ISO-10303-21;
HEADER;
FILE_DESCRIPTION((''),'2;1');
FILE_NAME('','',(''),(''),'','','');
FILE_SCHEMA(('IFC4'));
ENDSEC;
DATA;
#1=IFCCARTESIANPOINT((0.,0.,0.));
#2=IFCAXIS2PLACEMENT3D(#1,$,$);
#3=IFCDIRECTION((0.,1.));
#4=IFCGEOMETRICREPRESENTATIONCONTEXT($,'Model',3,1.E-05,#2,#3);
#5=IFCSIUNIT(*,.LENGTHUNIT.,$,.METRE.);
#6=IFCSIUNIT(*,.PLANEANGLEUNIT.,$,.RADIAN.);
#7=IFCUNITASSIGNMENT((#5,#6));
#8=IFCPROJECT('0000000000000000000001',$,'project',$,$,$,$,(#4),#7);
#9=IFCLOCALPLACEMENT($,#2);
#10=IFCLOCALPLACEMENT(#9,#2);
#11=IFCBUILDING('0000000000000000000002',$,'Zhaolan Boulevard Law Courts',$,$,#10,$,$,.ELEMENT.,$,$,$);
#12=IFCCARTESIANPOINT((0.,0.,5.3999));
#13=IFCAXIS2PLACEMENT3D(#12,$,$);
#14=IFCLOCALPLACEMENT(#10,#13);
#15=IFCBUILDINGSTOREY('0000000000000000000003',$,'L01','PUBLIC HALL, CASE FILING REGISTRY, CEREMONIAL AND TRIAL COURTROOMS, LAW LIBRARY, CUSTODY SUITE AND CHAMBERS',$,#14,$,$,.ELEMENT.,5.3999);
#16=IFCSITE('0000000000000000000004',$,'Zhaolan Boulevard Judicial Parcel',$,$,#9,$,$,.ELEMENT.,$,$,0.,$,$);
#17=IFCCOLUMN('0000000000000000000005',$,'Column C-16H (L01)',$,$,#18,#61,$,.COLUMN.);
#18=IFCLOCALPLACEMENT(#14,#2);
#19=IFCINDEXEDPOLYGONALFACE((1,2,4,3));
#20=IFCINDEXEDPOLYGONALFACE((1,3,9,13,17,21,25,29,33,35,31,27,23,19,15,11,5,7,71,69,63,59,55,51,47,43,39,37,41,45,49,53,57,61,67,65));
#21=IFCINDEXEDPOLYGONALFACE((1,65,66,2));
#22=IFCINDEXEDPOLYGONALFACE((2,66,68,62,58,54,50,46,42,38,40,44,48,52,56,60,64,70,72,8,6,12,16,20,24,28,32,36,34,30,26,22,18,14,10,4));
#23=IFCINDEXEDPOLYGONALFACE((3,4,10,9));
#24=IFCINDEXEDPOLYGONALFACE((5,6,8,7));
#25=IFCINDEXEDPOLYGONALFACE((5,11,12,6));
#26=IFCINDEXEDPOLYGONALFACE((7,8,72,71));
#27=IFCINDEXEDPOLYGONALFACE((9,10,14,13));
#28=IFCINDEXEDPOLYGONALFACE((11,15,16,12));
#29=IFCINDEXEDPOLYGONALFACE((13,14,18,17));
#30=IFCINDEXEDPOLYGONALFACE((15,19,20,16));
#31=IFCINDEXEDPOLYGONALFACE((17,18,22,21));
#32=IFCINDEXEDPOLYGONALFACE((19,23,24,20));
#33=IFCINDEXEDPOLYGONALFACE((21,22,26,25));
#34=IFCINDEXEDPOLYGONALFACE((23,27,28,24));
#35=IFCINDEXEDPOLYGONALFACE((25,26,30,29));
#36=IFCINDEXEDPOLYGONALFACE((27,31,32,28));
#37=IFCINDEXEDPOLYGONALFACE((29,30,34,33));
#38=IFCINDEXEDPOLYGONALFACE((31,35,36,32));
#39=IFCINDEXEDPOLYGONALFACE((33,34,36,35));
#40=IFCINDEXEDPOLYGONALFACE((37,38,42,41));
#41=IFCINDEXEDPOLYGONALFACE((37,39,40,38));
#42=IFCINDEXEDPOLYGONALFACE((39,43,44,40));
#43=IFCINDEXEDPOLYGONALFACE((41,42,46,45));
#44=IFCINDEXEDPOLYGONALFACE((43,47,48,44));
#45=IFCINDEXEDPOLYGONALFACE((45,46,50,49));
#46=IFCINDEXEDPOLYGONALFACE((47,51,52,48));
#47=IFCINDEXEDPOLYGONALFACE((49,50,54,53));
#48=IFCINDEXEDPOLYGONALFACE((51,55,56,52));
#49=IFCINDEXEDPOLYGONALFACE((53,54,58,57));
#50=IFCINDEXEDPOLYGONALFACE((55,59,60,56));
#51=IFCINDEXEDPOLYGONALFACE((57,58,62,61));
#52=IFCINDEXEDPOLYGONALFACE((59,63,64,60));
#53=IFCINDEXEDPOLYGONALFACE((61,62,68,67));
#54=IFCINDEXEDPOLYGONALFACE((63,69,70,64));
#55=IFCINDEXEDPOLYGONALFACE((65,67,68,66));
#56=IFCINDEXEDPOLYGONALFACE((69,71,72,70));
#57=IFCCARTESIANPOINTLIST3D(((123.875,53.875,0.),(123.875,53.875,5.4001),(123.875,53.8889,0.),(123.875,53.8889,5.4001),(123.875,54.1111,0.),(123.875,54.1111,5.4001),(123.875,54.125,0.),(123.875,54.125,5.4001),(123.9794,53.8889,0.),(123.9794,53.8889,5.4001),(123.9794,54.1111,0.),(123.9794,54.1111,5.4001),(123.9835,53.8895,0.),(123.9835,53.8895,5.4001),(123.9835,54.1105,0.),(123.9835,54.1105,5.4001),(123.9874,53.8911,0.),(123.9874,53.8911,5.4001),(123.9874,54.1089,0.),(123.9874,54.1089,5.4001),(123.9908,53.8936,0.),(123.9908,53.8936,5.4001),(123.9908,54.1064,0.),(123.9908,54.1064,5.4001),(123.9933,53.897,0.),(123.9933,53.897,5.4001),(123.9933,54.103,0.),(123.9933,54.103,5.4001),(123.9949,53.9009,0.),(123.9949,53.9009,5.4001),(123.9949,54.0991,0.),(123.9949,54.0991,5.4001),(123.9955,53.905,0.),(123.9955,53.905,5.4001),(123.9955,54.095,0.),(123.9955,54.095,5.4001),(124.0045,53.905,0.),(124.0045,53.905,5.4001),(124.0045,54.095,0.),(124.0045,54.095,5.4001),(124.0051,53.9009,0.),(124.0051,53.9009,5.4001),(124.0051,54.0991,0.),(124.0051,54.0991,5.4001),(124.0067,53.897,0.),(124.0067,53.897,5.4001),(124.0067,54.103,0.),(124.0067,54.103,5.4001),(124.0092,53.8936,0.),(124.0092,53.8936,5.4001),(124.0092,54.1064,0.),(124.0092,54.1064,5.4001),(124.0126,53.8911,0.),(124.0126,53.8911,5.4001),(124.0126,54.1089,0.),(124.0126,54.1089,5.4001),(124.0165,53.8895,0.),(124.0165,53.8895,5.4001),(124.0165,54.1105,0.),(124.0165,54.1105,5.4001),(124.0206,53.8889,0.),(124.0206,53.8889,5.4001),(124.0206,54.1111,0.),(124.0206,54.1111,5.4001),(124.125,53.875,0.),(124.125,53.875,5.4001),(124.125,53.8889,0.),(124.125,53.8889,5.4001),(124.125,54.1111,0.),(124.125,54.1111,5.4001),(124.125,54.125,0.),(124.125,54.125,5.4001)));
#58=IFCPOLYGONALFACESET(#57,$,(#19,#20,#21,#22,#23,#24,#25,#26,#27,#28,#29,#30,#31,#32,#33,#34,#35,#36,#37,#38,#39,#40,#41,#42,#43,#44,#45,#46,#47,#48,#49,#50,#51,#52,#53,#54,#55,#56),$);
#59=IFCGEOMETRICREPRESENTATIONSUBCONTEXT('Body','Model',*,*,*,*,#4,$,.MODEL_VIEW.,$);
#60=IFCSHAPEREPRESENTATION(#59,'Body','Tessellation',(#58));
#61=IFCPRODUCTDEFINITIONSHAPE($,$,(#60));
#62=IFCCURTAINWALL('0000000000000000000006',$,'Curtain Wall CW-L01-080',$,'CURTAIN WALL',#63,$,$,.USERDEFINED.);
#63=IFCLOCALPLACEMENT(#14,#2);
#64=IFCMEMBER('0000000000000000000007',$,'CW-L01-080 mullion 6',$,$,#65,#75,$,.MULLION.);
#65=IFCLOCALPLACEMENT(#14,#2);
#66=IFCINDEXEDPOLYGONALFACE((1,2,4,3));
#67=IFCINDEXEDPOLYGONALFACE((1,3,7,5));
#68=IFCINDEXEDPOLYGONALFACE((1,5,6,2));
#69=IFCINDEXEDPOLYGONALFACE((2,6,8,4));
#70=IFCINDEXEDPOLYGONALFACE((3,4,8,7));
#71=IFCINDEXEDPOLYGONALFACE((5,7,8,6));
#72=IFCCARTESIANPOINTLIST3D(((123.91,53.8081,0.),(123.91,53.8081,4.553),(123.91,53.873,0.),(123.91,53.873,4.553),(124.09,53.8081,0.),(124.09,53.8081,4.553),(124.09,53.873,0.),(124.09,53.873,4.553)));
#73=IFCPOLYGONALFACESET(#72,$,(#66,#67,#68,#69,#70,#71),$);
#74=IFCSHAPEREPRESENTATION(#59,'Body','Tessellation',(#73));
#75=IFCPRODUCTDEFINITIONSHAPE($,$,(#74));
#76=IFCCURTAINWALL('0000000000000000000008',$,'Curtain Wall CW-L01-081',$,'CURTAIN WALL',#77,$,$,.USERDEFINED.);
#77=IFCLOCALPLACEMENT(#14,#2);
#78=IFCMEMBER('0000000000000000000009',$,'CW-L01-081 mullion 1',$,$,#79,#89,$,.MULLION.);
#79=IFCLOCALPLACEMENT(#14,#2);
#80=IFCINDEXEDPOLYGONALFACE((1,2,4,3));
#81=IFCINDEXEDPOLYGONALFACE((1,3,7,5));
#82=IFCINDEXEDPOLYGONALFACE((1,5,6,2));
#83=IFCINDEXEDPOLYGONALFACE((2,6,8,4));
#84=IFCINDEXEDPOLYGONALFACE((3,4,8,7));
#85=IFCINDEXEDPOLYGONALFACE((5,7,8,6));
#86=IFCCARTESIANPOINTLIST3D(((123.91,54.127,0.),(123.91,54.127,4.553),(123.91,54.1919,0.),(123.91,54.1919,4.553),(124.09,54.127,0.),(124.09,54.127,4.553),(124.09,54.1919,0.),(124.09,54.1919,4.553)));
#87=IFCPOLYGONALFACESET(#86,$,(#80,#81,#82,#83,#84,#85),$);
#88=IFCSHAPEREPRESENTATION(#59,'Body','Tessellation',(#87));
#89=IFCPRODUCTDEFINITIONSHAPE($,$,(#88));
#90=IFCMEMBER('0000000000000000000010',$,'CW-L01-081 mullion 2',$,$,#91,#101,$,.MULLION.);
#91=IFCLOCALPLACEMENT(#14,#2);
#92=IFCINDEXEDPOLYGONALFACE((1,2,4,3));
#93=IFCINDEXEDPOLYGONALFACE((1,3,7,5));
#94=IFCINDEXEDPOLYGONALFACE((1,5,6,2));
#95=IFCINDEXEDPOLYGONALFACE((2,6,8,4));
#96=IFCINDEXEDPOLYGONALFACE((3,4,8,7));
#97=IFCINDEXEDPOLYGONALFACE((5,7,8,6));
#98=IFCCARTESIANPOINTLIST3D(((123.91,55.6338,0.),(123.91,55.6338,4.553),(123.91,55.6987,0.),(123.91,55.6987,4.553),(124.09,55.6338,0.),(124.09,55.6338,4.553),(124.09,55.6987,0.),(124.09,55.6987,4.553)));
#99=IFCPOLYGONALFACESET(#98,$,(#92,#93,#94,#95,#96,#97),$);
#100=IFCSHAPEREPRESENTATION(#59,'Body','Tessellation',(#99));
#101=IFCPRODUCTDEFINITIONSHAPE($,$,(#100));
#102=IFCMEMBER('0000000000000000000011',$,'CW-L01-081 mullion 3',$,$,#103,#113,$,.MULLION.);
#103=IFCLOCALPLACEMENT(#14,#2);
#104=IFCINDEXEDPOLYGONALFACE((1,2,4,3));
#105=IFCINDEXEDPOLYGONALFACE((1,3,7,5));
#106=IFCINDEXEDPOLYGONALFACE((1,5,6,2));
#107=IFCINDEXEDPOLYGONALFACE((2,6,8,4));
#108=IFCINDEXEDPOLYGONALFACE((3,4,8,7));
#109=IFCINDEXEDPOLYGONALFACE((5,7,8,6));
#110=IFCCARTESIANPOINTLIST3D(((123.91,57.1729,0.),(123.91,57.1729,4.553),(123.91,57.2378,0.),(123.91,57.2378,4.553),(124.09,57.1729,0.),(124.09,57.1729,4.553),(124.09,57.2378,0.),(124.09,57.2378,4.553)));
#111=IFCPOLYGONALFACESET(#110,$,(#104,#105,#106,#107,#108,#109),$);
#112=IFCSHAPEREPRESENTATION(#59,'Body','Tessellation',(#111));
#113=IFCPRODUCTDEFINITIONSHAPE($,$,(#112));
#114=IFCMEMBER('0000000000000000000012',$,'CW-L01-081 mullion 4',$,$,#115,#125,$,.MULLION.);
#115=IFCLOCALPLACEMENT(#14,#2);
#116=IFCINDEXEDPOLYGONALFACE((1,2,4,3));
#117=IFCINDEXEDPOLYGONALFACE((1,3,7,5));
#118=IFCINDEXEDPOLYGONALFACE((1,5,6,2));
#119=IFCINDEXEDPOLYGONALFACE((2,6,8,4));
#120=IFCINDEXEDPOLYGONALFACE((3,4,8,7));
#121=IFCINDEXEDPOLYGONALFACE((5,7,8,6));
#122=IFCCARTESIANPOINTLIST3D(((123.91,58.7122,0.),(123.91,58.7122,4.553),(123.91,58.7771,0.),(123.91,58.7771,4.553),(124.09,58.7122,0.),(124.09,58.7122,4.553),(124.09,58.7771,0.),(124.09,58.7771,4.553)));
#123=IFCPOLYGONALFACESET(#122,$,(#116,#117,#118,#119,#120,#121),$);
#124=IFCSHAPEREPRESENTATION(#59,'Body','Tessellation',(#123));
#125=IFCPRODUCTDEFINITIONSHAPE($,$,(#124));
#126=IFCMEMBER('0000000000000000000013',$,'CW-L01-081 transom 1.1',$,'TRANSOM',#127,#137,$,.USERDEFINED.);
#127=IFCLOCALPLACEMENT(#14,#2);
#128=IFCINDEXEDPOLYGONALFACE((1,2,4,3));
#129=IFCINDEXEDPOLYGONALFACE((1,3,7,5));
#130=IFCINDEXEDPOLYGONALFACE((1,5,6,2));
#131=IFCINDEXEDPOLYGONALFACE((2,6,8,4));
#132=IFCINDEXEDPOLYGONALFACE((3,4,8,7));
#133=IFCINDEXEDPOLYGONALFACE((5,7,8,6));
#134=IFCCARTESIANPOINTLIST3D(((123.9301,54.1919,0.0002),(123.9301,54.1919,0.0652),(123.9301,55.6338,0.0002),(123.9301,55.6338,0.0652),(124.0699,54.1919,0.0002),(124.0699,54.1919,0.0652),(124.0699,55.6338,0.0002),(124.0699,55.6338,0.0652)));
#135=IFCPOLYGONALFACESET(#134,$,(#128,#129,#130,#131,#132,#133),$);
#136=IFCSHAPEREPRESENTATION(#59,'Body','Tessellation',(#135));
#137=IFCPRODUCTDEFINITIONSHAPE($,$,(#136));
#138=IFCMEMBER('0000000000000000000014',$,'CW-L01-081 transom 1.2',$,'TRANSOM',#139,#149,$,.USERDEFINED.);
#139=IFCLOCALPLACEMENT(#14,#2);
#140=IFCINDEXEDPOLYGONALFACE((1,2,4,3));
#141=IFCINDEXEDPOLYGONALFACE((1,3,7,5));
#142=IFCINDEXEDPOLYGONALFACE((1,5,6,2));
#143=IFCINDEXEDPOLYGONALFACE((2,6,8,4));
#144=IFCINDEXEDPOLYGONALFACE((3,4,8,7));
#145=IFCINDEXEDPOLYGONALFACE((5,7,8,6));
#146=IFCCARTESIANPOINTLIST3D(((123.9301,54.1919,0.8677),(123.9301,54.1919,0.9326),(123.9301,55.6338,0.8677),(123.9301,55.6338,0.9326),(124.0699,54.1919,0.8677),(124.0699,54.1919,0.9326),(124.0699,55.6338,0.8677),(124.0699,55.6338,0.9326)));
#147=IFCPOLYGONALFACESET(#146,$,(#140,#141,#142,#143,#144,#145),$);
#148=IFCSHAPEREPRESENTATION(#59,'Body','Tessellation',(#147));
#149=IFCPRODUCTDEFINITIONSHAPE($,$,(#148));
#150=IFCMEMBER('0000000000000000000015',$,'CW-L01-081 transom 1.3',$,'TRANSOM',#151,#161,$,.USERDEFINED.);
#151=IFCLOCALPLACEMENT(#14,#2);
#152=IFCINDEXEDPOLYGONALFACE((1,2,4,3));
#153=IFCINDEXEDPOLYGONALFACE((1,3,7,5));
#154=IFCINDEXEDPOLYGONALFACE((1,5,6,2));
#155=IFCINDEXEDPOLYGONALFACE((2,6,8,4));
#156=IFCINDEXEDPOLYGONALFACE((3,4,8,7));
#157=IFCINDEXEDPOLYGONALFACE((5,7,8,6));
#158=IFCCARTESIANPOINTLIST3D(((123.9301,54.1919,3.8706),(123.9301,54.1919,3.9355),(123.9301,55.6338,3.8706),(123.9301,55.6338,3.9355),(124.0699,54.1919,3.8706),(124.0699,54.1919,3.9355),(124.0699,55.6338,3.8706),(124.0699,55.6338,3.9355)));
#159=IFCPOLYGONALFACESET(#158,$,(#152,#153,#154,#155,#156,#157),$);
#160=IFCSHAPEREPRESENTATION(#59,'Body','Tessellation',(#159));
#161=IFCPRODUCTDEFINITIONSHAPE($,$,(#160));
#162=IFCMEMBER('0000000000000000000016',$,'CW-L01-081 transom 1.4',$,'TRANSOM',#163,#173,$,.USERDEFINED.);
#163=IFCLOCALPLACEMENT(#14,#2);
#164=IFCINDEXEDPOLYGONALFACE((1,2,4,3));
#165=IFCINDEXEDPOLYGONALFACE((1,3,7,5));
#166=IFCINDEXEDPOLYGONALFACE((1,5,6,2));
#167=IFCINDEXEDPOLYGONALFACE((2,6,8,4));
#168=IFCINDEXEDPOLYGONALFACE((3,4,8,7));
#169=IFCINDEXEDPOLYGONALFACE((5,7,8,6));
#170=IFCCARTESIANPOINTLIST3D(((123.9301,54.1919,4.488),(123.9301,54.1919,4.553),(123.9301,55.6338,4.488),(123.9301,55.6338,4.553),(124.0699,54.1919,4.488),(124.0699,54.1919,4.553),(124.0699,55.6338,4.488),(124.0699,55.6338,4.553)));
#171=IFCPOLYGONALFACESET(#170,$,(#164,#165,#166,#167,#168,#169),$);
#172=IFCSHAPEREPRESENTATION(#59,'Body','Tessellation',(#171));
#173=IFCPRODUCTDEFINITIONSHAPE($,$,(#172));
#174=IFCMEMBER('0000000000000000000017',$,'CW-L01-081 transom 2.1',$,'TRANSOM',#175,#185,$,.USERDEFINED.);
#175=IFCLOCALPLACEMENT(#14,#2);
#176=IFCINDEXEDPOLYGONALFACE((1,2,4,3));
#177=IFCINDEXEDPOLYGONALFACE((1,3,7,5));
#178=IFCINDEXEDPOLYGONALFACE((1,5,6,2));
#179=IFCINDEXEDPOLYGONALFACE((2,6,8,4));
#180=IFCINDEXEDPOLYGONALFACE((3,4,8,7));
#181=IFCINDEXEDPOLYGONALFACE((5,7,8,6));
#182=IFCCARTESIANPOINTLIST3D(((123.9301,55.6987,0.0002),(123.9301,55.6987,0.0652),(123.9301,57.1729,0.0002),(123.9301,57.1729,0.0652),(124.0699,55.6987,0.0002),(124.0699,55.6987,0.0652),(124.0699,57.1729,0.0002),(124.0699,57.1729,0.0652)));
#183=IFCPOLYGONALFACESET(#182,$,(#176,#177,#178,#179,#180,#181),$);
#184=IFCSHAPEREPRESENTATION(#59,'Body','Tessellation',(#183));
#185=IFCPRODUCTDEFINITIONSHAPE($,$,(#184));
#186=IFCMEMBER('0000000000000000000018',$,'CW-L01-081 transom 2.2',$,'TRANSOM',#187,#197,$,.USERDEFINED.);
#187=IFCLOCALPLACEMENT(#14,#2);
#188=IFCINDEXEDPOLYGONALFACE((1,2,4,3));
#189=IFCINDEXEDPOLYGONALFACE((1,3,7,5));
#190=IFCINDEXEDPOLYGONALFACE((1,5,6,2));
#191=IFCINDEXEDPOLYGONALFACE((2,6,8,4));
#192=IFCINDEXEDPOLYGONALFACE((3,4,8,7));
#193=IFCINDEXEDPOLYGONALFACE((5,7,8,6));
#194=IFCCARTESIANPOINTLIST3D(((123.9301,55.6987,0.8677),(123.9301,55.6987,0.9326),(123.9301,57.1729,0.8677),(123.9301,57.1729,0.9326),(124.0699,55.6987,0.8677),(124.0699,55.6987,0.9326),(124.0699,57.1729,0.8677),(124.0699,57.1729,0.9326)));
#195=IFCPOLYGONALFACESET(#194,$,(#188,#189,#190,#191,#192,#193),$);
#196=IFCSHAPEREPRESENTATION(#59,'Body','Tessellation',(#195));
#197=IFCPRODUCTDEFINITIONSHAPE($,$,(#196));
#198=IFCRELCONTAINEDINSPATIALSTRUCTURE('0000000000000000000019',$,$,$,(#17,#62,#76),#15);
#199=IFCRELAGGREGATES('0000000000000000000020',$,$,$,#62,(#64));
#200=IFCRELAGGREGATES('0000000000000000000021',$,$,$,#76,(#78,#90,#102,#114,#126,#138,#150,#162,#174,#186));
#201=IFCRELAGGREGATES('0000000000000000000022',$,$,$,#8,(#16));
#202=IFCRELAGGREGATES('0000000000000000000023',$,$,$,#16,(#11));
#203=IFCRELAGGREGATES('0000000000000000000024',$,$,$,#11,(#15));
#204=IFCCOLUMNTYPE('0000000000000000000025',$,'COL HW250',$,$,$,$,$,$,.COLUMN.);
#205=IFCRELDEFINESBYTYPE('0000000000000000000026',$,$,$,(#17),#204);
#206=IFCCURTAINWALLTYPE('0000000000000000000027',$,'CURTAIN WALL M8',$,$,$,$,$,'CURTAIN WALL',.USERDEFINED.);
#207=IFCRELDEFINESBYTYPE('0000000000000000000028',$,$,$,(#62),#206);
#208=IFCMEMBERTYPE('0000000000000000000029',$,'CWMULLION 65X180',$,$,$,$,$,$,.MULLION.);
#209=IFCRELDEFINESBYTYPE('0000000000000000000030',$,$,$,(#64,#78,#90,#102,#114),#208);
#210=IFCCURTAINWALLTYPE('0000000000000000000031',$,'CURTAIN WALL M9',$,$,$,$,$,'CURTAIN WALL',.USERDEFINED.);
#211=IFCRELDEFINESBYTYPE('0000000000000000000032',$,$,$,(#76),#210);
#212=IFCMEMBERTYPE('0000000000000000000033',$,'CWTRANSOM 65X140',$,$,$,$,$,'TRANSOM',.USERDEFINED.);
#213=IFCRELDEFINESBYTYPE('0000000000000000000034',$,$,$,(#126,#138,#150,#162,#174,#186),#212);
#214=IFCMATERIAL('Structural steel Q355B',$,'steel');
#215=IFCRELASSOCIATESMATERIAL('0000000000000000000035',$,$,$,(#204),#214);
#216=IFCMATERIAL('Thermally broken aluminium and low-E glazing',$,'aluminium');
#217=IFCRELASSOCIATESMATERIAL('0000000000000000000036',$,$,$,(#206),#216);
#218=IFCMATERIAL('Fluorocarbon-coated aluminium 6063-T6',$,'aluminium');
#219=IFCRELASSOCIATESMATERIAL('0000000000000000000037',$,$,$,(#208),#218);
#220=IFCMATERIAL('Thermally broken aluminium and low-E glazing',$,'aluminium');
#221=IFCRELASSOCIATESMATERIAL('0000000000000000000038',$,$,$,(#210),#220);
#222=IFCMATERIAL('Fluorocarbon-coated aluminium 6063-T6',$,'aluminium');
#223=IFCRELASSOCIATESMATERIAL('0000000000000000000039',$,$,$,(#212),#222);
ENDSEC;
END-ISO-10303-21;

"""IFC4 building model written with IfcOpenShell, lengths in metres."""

from ifc_helpers import new_model, si_unit, direction, frame, origin, origin_2d, place, context, subcontext, project, spatial, rectangle, i_section, extrude, material, material_profile, profile_set, type_object, element, aggregate, save


model = new_model("IFC4")

# Units and contexts
model_context = context("Model", 3, precision=1e-05, world=origin(), true_north=direction((0.0, 1.0)))
body_context = subcontext(model_context, "Body", "Model", "MODEL_VIEW")
ifc_project = project(units=[si_unit("LENGTHUNIT", "METRE"), si_unit("PLANEANGLEUNIT", "RADIAN")], contexts=[model_context])

# Site, building, storey
site_placement = place(None, origin())
site = spatial("IfcSite", under=ifc_project, at=site_placement, Name="Zhaolan Boulevard Judicial Parcel", CompositionType="ELEMENT", RefElevation=0.0)
building_placement = place(site_placement, origin())
building = spatial("IfcBuilding", under=site, at=building_placement, Name="Zhaolan Boulevard Law Courts", CompositionType="ELEMENT")
storey_placement = place(building_placement, frame((0.0, 0.0, 5.3999)))
storey = spatial("IfcBuildingStorey", under=building, at=storey_placement, Name="L01", Description="PUBLIC HALL, CASE FILING REGISTRY, CEREMONIAL AND TRIAL COURTROOMS, LAW LIBRARY, CUSTODY SUITE AND CHAMBERS", CompositionType="ELEMENT", Elevation=5.3999)

# Column
ifc_material_1 = material(Name="Structural steel Q355B", Category="steel")
ifc_material_profile_1 = material_profile(ifc_material_1, i_section(OverallWidth=0.25, OverallDepth=0.25, WebThickness=0.009, FlangeThickness=0.0139, FilletRadius=0.0161, at=origin_2d()), Name="HW250x250")
ifc_profile_set_1 = profile_set([ifc_material_profile_1], Name="Structural steel Q355B")
column_type = type_object("IfcColumnType", Name="COL HW250", PredefinedType="COLUMN", material=ifc_profile_set_1)
column_placement = place(storey_placement, frame((124.0, 54.0, 0.0), z_axis=(0.0, 0.0, 1.0), x_axis=(1.0, 0.0, 0.0)))
element("IfcColumn", 1, at=column_placement, inside=storey, type_object=column_type, Name="Column C-16H (L01)", PredefinedType="COLUMN", context=body_context, shape_type="SweptSolid", body=[
    extrude(i_section(OverallWidth=0.25, OverallDepth=0.25, WebThickness=0.009, FlangeThickness=0.0139, FilletRadius=0.0161, at=origin_2d()), origin(), (0.0, 0.0, 1.0), 5.4001),
])

# Curtain wall, member
ifc_material_2 = material(Name="Thermally broken aluminium and low-E glazing", Category="aluminium")
curtain_wall_type_1 = type_object("IfcCurtainWallType", Name="CURTAIN WALL M8", ElementType="CURTAIN WALL", PredefinedType="USERDEFINED", material=ifc_material_2)
curtain_wall_1_placement = place(storey_placement, origin())
curtain_wall_1 = element("IfcCurtainWall", 2, at=curtain_wall_1_placement, inside=storey, type_object=curtain_wall_type_1, Name="Curtain Wall CW-L01-080", ObjectType="CURTAIN WALL", PredefinedType="USERDEFINED")
ifc_material_3 = material(Name="Fluorocarbon-coated aluminium 6063-T6", Category="aluminium")
ifc_material_profile_2 = material_profile(ifc_material_3, rectangle(XDim=0.1799, YDim=0.0649, at=origin_2d()), Name="AL65x180")
ifc_profile_set_2 = profile_set([ifc_material_profile_2], Name="Fluorocarbon-coated aluminium 6063-T6")
member_type_1 = type_object("IfcMemberType", Name="CWMULLION 65X180", PredefinedType="MULLION", material=ifc_profile_set_2)
member_1_placement = place(storey_placement, frame((124.0, 53.8406, 0.0), z_axis=(0.0, 0.0, 1.0), x_axis=(-1.0, 0.0, 0.0)))
member_1 = element("IfcMember", 3, at=member_1_placement, type_object=member_type_1, Name="CW-L01-080 mullion 6", PredefinedType="MULLION", context=body_context, shape_type="SweptSolid", body=[
    extrude(rectangle(XDim=0.1799, YDim=0.0649, at=origin_2d()), origin(), (0.0, 0.0, 1.0), 4.553),
])

# Curtain wall, members
ifc_material_4 = material(Name="Thermally broken aluminium and low-E glazing", Category="aluminium")
curtain_wall_type_2 = type_object("IfcCurtainWallType", Name="CURTAIN WALL M9", ElementType="CURTAIN WALL", PredefinedType="USERDEFINED", material=ifc_material_4)
curtain_wall_2_placement = place(storey_placement, origin())
curtain_wall_2 = element("IfcCurtainWall", 4, at=curtain_wall_2_placement, inside=storey, type_object=curtain_wall_type_2, Name="Curtain Wall CW-L01-081", ObjectType="CURTAIN WALL", PredefinedType="USERDEFINED")
member_2_placement = place(storey_placement, frame((124.0, 54.1594, 0.0), z_axis=(0.0, 0.0, 1.0), x_axis=(-1.0, 0.0, 0.0)))
member_2 = element("IfcMember", 5, at=member_2_placement, type_object=member_type_1, Name="CW-L01-081 mullion 1", PredefinedType="MULLION", context=body_context, shape_type="SweptSolid", body=[
    extrude(rectangle(XDim=0.1799, YDim=0.0649, at=origin_2d()), origin(), (0.0, 0.0, 1.0), 4.553),
])
member_3_placement = place(storey_placement, frame((124.0, 55.6663, 0.0), z_axis=(0.0, 0.0, 1.0), x_axis=(-1.0, 0.0, 0.0)))
member_3 = element("IfcMember", 6, at=member_3_placement, type_object=member_type_1, Name="CW-L01-081 mullion 2", PredefinedType="MULLION", context=body_context, shape_type="SweptSolid", body=[
    extrude(rectangle(XDim=0.1799, YDim=0.0649, at=origin_2d()), origin(), (0.0, 0.0, 1.0), 4.553),
])
member_4_placement = place(storey_placement, frame((124.0, 57.2053, 0.0), z_axis=(0.0, 0.0, 1.0), x_axis=(-1.0, 0.0, 0.0)))
member_4 = element("IfcMember", 7, at=member_4_placement, type_object=member_type_1, Name="CW-L01-081 mullion 3", PredefinedType="MULLION", context=body_context, shape_type="SweptSolid", body=[
    extrude(rectangle(XDim=0.1799, YDim=0.0649, at=origin_2d()), origin(), (0.0, 0.0, 1.0), 4.553),
])
member_5_placement = place(storey_placement, frame((124.0, 58.7446, 0.0), z_axis=(0.0, 0.0, 1.0), x_axis=(-1.0, 0.0, 0.0)))
member_5 = element("IfcMember", 8, at=member_5_placement, type_object=member_type_1, Name="CW-L01-081 mullion 4", PredefinedType="MULLION", context=body_context, shape_type="SweptSolid", body=[
    extrude(rectangle(XDim=0.1799, YDim=0.0649, at=origin_2d()), origin(), (0.0, 0.0, 1.0), 4.553),
])
ifc_material_5 = material(Name="Fluorocarbon-coated aluminium 6063-T6", Category="aluminium")
ifc_material_profile_3 = material_profile(ifc_material_5, rectangle(XDim=0.1399, YDim=0.0649, at=origin_2d()), Name="AL65x140")
ifc_profile_set_3 = profile_set([ifc_material_profile_3], Name="Fluorocarbon-coated aluminium 6063-T6")
member_type_2 = type_object("IfcMemberType", Name="CWTRANSOM 65X140", ElementType="TRANSOM", PredefinedType="USERDEFINED", material=ifc_profile_set_3)
member_6_placement = place(storey_placement, frame((124.0, 54.1919, 0.0327), z_axis=(0.0, 1.0, 0.0), x_axis=(-1.0, 0.0, 0.0)))
member_6 = element("IfcMember", 9, at=member_6_placement, type_object=member_type_2, Name="CW-L01-081 transom 1.1", ObjectType="TRANSOM", PredefinedType="USERDEFINED", context=body_context, shape_type="SweptSolid", body=[
    extrude(rectangle(XDim=0.1399, YDim=0.0649, at=origin_2d()), origin(), (0.0, 0.0, 1.0), 1.4419),
])
member_7_placement = place(storey_placement, frame((124.0, 54.1919, 0.9001), z_axis=(0.0, 1.0, 0.0), x_axis=(-1.0, 0.0, 0.0)))
member_7 = element("IfcMember", 10, at=member_7_placement, type_object=member_type_2, Name="CW-L01-081 transom 1.2", ObjectType="TRANSOM", PredefinedType="USERDEFINED", context=body_context, shape_type="SweptSolid", body=[
    extrude(rectangle(XDim=0.1399, YDim=0.0649, at=origin_2d()), origin(), (0.0, 0.0, 1.0), 1.4419),
])
member_8_placement = place(storey_placement, frame((124.0, 54.1919, 3.9031), z_axis=(0.0, 1.0, 0.0), x_axis=(-1.0, 0.0, 0.0)))
member_8 = element("IfcMember", 11, at=member_8_placement, type_object=member_type_2, Name="CW-L01-081 transom 1.3", ObjectType="TRANSOM", PredefinedType="USERDEFINED", context=body_context, shape_type="SweptSolid", body=[
    extrude(rectangle(XDim=0.1399, YDim=0.0649, at=origin_2d()), origin(), (0.0, 0.0, 1.0), 1.4419),
])
member_9_placement = place(storey_placement, frame((124.0, 54.1919, 4.5205), z_axis=(0.0, 1.0, 0.0), x_axis=(-1.0, 0.0, 0.0)))
member_9 = element("IfcMember", 12, at=member_9_placement, type_object=member_type_2, Name="CW-L01-081 transom 1.4", ObjectType="TRANSOM", PredefinedType="USERDEFINED", context=body_context, shape_type="SweptSolid", body=[
    extrude(rectangle(XDim=0.1399, YDim=0.0649, at=origin_2d()), origin(), (0.0, 0.0, 1.0), 1.4419),
])
member_10_placement = place(storey_placement, frame((124.0, 55.6987, 0.0327), z_axis=(0.0, 1.0, 0.0), x_axis=(-1.0, 0.0, 0.0)))
member_10 = element("IfcMember", 13, at=member_10_placement, type_object=member_type_2, Name="CW-L01-081 transom 2.1", ObjectType="TRANSOM", PredefinedType="USERDEFINED", context=body_context, shape_type="SweptSolid", body=[
    extrude(rectangle(XDim=0.1399, YDim=0.0649, at=origin_2d()), origin(), (0.0, 0.0, 1.0), 1.4741),
])
member_11_placement = place(storey_placement, frame((124.0, 55.6987, 0.9001), z_axis=(0.0, 1.0, 0.0), x_axis=(-1.0, 0.0, 0.0)))
member_11 = element("IfcMember", 14, at=member_11_placement, type_object=member_type_2, Name="CW-L01-081 transom 2.2", ObjectType="TRANSOM", PredefinedType="USERDEFINED", context=body_context, shape_type="SweptSolid", body=[
    extrude(rectangle(XDim=0.1399, YDim=0.0649, at=origin_2d()), origin(), (0.0, 0.0, 1.0), 1.4741),
])

aggregate(curtain_wall_1, [member_1])
aggregate(curtain_wall_2, [member_2, member_3, member_4, member_5, member_6, member_7, member_8, member_9, member_10, member_11])

save(model, "model.ifc")
